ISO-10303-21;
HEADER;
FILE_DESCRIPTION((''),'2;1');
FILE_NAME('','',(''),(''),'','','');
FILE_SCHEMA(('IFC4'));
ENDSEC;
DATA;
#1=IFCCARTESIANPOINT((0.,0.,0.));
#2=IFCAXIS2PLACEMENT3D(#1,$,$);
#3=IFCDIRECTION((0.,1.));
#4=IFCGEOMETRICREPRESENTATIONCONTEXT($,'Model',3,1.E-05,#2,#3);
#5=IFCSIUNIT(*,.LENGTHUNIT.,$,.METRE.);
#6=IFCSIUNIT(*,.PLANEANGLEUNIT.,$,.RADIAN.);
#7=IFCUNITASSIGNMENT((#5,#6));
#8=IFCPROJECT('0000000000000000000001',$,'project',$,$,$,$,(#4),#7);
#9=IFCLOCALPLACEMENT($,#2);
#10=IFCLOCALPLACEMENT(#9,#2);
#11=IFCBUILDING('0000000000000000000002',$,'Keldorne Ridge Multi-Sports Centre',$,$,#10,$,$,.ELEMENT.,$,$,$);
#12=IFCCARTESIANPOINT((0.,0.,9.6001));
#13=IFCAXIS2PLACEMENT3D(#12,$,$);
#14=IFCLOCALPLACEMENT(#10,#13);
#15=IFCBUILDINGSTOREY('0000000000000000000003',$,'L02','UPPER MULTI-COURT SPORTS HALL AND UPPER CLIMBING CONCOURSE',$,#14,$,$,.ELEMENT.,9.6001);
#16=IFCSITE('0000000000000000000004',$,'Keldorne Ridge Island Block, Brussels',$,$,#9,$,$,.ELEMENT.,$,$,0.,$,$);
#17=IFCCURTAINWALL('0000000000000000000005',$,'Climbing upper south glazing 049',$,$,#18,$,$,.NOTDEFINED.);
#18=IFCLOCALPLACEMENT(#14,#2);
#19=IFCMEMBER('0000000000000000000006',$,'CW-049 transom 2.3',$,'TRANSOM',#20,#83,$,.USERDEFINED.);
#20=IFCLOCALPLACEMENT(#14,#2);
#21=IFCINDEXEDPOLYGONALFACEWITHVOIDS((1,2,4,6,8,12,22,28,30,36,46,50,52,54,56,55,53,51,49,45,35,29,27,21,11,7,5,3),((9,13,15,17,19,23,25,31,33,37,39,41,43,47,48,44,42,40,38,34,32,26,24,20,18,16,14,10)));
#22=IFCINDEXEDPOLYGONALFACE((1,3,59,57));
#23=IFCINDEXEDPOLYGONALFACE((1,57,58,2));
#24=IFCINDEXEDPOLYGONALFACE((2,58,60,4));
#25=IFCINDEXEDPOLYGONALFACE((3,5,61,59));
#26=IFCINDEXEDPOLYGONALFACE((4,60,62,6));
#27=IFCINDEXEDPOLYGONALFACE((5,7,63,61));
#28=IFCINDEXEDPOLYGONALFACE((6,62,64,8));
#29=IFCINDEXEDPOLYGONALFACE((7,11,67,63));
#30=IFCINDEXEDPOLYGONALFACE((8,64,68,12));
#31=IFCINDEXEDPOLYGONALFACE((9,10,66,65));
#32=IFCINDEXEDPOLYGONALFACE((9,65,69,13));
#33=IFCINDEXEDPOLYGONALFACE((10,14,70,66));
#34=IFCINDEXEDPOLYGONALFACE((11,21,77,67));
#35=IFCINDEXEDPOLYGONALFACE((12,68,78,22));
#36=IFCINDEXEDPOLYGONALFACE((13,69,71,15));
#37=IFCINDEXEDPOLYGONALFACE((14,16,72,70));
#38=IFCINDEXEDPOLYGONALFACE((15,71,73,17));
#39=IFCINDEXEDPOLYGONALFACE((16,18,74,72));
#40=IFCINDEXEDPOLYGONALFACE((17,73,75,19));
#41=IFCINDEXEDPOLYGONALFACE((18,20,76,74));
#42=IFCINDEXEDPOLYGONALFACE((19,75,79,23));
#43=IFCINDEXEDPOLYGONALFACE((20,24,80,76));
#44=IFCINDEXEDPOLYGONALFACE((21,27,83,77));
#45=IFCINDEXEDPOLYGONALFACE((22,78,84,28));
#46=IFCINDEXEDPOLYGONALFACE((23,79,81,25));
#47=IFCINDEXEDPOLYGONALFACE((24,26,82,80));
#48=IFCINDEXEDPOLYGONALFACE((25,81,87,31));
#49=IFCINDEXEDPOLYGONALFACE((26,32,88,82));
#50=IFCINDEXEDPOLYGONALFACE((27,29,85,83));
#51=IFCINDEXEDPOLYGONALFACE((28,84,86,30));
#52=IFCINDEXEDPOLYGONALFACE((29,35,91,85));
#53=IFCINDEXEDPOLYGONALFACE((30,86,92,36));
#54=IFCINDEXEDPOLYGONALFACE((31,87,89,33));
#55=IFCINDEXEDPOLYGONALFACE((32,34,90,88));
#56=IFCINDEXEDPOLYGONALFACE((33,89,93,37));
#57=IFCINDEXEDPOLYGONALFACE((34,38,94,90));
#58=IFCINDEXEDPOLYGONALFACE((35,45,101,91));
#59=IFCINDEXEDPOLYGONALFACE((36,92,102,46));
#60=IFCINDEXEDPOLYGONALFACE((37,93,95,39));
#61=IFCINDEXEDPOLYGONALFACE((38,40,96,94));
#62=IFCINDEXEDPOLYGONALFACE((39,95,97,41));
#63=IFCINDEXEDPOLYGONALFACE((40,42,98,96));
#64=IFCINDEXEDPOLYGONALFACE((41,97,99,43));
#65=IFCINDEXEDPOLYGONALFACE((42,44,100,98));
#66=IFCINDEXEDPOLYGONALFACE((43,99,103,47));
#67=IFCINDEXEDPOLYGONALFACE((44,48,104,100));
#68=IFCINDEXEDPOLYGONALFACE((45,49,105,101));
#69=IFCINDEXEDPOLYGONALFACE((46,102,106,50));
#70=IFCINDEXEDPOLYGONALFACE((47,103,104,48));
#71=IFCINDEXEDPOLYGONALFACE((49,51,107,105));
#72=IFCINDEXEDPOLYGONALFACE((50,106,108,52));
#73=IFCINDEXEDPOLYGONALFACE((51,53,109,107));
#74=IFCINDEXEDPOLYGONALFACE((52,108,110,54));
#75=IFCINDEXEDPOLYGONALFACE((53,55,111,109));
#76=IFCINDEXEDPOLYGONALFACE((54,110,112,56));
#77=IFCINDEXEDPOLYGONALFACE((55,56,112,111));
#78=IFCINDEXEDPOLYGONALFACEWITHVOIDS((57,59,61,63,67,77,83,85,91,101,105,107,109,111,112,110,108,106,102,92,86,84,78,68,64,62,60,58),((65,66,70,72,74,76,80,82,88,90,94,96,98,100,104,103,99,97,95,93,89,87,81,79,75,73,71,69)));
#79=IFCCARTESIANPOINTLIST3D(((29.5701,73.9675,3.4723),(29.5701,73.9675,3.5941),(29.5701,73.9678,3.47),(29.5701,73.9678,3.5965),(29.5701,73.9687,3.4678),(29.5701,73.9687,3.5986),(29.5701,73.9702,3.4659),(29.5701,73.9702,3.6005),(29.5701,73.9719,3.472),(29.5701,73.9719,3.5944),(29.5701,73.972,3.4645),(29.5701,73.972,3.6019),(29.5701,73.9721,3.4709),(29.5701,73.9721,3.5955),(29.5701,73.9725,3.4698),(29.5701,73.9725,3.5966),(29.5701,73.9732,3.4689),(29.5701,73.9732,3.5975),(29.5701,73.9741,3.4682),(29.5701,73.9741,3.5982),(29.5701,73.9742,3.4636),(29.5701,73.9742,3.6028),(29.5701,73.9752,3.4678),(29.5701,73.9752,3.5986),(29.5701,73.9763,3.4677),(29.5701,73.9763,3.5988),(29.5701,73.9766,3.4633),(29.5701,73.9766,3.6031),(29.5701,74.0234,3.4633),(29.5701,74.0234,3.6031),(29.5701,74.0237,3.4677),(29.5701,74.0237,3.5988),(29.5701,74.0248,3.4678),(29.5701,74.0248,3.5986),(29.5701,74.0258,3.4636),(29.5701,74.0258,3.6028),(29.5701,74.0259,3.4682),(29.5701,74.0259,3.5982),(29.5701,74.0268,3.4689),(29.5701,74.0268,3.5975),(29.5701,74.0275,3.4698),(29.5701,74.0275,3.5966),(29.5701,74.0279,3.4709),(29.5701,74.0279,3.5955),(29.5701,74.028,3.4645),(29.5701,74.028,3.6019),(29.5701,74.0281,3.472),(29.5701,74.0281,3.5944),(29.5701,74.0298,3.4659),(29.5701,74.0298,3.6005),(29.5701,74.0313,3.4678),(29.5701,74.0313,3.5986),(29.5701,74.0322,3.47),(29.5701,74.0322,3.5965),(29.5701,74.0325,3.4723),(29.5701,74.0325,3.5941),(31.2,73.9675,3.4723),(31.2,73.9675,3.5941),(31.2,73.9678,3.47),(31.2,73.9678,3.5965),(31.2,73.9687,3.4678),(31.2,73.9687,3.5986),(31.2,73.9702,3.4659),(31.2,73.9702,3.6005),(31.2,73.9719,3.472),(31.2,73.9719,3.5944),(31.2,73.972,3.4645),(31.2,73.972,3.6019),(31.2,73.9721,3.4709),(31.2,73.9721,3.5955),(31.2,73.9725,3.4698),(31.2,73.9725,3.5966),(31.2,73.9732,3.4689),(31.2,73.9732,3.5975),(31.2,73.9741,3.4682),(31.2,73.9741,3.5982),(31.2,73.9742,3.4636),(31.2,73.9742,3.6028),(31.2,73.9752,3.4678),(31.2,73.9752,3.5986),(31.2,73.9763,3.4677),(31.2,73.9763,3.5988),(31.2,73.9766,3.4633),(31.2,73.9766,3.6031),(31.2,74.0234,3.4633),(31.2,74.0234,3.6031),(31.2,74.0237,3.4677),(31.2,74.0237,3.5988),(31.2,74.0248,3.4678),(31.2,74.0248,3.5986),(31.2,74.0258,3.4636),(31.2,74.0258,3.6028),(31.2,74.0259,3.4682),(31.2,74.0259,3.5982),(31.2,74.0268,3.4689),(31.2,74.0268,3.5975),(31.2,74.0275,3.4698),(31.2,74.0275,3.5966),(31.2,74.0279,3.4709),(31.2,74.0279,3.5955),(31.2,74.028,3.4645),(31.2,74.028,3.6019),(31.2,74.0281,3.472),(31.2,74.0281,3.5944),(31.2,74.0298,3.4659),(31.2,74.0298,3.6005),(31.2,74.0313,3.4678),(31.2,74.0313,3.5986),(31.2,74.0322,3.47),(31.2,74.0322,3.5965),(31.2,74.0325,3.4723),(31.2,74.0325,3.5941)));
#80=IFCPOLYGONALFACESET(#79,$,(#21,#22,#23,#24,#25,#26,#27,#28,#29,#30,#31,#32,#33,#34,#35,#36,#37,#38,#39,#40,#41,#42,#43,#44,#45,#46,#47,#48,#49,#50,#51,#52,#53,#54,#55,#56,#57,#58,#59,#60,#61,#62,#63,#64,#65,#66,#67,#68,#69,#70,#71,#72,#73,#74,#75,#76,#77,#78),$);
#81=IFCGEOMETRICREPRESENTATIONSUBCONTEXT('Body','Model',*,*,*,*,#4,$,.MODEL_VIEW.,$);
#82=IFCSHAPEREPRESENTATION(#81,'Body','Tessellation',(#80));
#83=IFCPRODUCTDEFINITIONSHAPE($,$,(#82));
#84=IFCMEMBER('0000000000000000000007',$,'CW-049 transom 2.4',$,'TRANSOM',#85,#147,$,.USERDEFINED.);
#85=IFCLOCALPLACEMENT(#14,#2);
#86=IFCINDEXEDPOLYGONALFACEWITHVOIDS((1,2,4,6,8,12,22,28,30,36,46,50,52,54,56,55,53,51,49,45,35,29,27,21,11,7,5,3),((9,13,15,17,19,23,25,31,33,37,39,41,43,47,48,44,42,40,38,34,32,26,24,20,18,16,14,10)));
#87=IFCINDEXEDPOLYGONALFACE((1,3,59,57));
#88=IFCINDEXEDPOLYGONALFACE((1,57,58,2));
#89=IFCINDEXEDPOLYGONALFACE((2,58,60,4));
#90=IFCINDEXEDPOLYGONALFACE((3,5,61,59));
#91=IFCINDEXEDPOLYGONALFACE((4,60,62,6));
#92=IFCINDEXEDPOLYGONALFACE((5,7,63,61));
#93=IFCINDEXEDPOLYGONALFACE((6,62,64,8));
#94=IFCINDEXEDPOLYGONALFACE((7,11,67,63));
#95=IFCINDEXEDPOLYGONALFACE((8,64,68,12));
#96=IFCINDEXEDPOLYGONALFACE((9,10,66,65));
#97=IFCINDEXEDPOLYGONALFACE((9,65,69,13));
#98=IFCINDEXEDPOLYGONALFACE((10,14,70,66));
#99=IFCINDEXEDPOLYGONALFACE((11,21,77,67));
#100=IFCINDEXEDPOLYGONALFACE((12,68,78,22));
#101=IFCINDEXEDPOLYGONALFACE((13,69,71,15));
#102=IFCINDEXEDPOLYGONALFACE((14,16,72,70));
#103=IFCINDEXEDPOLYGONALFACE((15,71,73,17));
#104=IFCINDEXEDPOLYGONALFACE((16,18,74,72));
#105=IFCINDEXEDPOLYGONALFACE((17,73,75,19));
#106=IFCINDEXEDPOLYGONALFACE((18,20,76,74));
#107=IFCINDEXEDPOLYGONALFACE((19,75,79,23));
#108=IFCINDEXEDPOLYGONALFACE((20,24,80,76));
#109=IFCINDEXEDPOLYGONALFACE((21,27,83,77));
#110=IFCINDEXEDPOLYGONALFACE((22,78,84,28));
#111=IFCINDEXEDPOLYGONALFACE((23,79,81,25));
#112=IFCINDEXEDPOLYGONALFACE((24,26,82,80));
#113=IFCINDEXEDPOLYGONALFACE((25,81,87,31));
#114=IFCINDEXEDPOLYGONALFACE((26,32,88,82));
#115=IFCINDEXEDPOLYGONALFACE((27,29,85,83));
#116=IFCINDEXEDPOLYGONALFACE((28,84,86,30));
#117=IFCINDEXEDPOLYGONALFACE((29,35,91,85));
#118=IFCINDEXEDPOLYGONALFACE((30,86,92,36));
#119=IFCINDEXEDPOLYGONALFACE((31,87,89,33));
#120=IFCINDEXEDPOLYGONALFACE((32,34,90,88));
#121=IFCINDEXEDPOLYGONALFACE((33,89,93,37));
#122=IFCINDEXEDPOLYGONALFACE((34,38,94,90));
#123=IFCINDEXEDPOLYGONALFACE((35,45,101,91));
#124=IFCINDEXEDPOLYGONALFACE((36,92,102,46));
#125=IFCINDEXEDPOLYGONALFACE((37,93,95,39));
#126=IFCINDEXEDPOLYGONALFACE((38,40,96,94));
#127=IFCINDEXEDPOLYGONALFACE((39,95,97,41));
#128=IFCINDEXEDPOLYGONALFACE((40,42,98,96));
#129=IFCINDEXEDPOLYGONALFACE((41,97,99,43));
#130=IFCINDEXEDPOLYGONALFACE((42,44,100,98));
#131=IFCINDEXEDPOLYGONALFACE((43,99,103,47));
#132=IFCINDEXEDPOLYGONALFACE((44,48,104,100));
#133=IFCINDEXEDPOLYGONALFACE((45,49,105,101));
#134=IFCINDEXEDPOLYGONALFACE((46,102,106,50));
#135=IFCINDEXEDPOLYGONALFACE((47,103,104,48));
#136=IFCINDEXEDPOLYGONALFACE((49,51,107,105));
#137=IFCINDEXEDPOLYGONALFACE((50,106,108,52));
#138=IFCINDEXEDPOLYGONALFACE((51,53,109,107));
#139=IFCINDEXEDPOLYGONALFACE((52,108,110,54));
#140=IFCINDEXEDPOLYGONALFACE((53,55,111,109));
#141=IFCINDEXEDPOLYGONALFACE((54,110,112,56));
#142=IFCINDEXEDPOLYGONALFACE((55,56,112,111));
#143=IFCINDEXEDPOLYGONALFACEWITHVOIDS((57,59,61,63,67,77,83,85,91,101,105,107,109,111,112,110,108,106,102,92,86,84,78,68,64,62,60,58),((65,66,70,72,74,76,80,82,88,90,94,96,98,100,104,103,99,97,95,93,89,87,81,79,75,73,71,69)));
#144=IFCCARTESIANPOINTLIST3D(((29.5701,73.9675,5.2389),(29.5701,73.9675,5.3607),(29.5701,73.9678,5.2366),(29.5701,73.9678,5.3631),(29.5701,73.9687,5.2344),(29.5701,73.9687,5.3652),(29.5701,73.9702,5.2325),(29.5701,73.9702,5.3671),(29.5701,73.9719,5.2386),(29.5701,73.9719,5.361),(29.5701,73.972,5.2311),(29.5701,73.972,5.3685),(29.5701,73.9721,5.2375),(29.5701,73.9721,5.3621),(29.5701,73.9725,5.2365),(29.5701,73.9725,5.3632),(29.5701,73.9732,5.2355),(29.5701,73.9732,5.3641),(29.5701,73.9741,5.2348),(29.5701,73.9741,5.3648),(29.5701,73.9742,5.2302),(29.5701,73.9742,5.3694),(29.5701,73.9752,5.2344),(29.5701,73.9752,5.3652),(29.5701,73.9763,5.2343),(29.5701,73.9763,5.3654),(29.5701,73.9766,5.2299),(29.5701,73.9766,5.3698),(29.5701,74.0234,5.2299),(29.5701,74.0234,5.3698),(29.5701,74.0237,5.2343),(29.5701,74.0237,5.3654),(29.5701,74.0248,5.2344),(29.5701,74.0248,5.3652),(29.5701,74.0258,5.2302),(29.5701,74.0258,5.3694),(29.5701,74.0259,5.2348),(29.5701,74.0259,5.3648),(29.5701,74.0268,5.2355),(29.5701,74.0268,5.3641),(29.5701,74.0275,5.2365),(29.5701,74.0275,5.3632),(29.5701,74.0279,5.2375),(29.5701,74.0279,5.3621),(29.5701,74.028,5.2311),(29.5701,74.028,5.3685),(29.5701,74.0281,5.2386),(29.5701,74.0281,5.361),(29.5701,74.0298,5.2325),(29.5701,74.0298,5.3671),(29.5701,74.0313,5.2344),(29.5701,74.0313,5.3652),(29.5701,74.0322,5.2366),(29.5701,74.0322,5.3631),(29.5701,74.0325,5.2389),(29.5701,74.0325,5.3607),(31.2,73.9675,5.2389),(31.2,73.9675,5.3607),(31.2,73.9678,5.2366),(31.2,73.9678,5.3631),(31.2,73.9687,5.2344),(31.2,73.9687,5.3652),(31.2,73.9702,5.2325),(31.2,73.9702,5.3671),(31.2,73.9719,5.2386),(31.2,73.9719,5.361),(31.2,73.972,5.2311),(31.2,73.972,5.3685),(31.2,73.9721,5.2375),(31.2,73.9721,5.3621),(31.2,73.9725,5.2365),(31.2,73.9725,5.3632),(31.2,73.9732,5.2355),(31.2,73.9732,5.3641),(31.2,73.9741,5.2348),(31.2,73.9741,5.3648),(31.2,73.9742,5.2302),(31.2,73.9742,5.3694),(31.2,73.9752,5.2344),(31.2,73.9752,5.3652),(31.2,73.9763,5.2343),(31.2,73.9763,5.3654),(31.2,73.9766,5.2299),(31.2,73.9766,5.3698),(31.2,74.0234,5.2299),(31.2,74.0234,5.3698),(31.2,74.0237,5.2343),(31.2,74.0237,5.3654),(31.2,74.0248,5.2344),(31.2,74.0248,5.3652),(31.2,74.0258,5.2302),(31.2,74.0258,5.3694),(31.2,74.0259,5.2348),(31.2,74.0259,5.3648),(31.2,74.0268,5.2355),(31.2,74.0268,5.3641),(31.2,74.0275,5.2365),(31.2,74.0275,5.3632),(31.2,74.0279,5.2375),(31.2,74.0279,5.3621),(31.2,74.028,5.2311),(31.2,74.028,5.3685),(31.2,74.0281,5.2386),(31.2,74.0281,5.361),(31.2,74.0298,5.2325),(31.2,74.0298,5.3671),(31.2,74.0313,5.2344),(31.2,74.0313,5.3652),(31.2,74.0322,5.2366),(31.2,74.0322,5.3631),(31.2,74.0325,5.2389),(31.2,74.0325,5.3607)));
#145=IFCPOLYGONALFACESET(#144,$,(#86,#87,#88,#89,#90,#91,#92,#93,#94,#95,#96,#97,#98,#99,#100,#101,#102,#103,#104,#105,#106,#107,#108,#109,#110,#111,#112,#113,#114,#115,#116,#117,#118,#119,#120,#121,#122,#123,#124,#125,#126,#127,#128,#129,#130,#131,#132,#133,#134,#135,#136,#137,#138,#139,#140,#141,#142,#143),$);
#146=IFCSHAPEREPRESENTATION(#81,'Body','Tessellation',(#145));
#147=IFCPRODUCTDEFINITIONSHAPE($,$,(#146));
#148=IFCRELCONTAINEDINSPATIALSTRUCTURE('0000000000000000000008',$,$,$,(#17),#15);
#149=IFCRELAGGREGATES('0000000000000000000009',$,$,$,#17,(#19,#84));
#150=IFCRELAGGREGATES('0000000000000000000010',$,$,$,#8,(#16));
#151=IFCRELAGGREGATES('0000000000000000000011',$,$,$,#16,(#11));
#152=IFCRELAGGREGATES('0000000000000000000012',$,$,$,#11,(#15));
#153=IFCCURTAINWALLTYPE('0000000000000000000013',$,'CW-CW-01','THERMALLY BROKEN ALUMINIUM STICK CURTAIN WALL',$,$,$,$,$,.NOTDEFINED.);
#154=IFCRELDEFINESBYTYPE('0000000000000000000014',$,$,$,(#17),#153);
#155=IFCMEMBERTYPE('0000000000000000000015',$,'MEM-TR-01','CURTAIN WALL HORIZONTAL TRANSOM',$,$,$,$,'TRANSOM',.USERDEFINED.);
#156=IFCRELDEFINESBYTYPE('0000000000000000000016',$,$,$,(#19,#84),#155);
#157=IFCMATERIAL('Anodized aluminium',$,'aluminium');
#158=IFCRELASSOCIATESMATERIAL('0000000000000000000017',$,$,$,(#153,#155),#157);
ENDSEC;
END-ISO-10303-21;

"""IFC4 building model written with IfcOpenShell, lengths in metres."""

from ifc_helpers import new_model, si_unit, direction, frame, origin, origin_2d, place, context, subcontext, project, spatial, hollow_rectangle, extrude, material, material_profile, profile_set, type_object, element, aggregate, save


model = new_model("IFC4")

# Units and contexts
model_context = context("Model", 3, precision=1e-05, world=origin(), true_north=direction((0.0, 1.0)))
body_context = subcontext(model_context, "Body", "Model", "MODEL_VIEW")
ifc_project = project(units=[si_unit("LENGTHUNIT", "METRE"), si_unit("PLANEANGLEUNIT", "RADIAN")], contexts=[model_context])

# Site, building, storey
site_placement = place(None, origin())
site = spatial("IfcSite", under=ifc_project, at=site_placement, Name="Keldorne Ridge Island Block, Brussels", CompositionType="ELEMENT", RefElevation=0.0)
building_placement = place(site_placement, origin())
building = spatial("IfcBuilding", under=site, at=building_placement, Name="Keldorne Ridge Multi-Sports Centre", CompositionType="ELEMENT")
storey_placement = place(building_placement, frame((0.0, 0.0, 9.6001)))
storey = spatial("IfcBuildingStorey", under=building, at=storey_placement, Name="L02", Description="UPPER MULTI-COURT SPORTS HALL AND UPPER CLIMBING CONCOURSE", CompositionType="ELEMENT", Elevation=9.6001)

# Curtain wall
ifc_material_1 = material(Name="Anodized aluminium", Category="aluminium")
curtain_wall_type = type_object("IfcCurtainWallType", Name="CW-CW-01", Description="THERMALLY BROKEN ALUMINIUM STICK CURTAIN WALL", PredefinedType="NOTDEFINED", material=ifc_material_1)
curtain_wall_placement = place(storey_placement, origin())
curtain_wall = element("IfcCurtainWall", 1, at=curtain_wall_placement, inside=storey, type_object=curtain_wall_type, Name="Climbing upper south glazing 049", PredefinedType="NOTDEFINED")

# Members
ifc_material_profile_1 = material_profile(ifc_material_1, hollow_rectangle(XDim=0.0649, YDim=0.1399, WallThickness=0.0044, InnerFilletRadius=0.0044, OuterFilletRadius=0.009, at=origin_2d()), Name="ALU TRANSOM 140x65x4.5")
ifc_profile_set_1 = profile_set([ifc_material_profile_1], Name="Anodized aluminium")
member_type_1 = type_object("IfcMemberType", Name="MEM-TR-01", Description="CURTAIN WALL HORIZONTAL TRANSOM", ElementType="TRANSOM", PredefinedType="USERDEFINED", material=ifc_profile_set_1)
member_1_placement = place(storey_placement, frame((29.5701, 74.0, 3.5332), z_axis=(1.0, 0.0, 0.0), x_axis=(0.0, 1.0, 0.0)))
member_1 = element("IfcMember", 2, at=member_1_placement, type_object=member_type_1, Name="CW-049 transom 2.3", ObjectType="TRANSOM", PredefinedType="USERDEFINED", context=body_context, shape_type="SweptSolid", body=[
    extrude(hollow_rectangle(XDim=0.0649, YDim=0.1399, WallThickness=0.0044, InnerFilletRadius=0.0044, OuterFilletRadius=0.009, at=origin_2d()), origin(), (0.0, 0.0, 1.0), 1.6299),
])
member_2_placement = place(storey_placement, frame((29.5701, 74.0, 5.2998), z_axis=(1.0, 0.0, 0.0), x_axis=(0.0, 1.0, 0.0)))
member_2 = element("IfcMember", 3, at=member_2_placement, type_object=member_type_1, Name="CW-049 transom 2.4", ObjectType="TRANSOM", PredefinedType="USERDEFINED", context=body_context, shape_type="SweptSolid", body=[
    extrude(hollow_rectangle(XDim=0.0649, YDim=0.1399, WallThickness=0.0044, InnerFilletRadius=0.0044, OuterFilletRadius=0.009, at=origin_2d()), origin(), (0.0, 0.0, 1.0), 1.6299),
])

aggregate(curtain_wall, [member_1, member_2])

save(model, "model.ifc")
